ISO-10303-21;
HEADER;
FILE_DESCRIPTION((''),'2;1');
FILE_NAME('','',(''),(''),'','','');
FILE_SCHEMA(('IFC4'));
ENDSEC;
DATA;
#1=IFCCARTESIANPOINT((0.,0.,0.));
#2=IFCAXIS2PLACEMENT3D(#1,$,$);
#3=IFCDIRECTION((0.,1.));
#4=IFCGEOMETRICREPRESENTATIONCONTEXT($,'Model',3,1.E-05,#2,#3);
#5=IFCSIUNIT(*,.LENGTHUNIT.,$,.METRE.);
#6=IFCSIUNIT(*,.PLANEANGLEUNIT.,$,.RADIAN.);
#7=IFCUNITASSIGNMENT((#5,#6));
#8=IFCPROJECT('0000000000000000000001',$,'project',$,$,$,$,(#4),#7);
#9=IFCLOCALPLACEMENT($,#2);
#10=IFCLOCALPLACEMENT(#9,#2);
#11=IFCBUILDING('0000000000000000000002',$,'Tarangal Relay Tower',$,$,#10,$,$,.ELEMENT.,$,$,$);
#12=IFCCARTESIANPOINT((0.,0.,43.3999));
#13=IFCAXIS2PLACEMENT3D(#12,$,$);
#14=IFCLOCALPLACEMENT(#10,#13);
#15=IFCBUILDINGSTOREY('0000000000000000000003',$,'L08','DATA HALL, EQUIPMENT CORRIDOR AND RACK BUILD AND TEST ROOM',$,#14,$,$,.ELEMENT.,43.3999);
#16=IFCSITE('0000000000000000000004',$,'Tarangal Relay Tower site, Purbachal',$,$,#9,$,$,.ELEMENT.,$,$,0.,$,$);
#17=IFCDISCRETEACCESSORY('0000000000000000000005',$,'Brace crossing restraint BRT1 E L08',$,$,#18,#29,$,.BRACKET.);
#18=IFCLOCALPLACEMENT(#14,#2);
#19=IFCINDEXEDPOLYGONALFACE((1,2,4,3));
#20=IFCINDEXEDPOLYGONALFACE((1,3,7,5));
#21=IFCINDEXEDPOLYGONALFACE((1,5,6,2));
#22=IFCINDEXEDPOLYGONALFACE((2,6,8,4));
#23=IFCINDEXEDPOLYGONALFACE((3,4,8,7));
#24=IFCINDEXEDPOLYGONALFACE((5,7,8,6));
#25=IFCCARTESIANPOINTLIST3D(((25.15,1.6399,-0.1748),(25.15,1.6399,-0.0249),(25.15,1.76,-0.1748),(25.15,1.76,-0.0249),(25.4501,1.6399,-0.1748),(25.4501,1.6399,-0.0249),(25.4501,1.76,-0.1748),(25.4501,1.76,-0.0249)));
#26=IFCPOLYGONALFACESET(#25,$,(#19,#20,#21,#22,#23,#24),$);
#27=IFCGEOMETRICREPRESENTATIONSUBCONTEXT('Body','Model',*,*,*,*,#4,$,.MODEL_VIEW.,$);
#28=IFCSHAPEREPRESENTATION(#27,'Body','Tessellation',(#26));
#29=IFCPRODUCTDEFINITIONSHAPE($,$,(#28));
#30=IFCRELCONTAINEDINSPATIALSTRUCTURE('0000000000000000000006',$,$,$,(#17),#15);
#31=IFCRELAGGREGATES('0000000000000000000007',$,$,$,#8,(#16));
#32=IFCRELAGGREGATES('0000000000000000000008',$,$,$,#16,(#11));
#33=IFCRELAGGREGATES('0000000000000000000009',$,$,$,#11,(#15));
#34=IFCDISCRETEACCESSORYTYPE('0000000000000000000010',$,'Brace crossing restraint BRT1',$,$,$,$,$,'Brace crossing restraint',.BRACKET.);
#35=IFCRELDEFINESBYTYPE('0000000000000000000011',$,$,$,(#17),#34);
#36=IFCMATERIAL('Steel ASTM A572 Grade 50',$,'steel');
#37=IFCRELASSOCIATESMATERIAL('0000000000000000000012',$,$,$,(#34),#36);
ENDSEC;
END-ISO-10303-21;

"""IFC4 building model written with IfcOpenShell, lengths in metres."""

from ifc_helpers import new_model, si_unit, direction, frame, origin, origin_2d, place, context, subcontext, project, spatial, rectangle, extrude, material, type_object, element, save


model = new_model("IFC4")

# Units and contexts
model_context = context("Model", 3, precision=1e-05, world=origin(), true_north=direction((0.0, 1.0)))
body_context = subcontext(model_context, "Body", "Model", "MODEL_VIEW")
ifc_project = project(units=[si_unit("LENGTHUNIT", "METRE"), si_unit("PLANEANGLEUNIT", "RADIAN")], contexts=[model_context])

# Site, building, storey
site_placement = place(None, origin())
site = spatial("IfcSite", under=ifc_project, at=site_placement, Name="Tarangal Relay Tower site, Purbachal", CompositionType="ELEMENT", RefElevation=0.0)
building_placement = place(site_placement, origin())
building = spatial("IfcBuilding", under=site, at=building_placement, Name="Tarangal Relay Tower", CompositionType="ELEMENT")
storey_placement = place(building_placement, frame((0.0, 0.0, 43.3999)))
storey = spatial("IfcBuildingStorey", under=building, at=storey_placement, Name="L08", Description="DATA HALL, EQUIPMENT CORRIDOR AND RACK BUILD AND TEST ROOM", CompositionType="ELEMENT", Elevation=43.3999)

# Shared definitions
ifc_material_1 = material(Name="Steel ASTM A572 Grade 50", Category="steel")

# Discrete accessory
discrete_accessory_type = type_object("IfcDiscreteAccessoryType", Name="Brace crossing restraint BRT1", ElementType="Brace crossing restraint", PredefinedType="BRACKET", material=ifc_material_1)
discrete_accessory_placement = place(storey_placement, frame((25.3, 1.7, -0.1748), z_axis=(0.0, 0.0, 1.0), x_axis=(1.0, 0.0, 0.0)))
element("IfcDiscreteAccessory", 1, at=discrete_accessory_placement, inside=storey, type_object=discrete_accessory_type, Name="Brace crossing restraint BRT1 E L08", PredefinedType="BRACKET", context=body_context, shape_type="SweptSolid", body=[
    extrude(rectangle(XDim=0.3, YDim=0.1201, at=origin_2d()), origin(), (0.0, 0.0, 1.0), 0.1499),
])

save(model, "model.ifc")
